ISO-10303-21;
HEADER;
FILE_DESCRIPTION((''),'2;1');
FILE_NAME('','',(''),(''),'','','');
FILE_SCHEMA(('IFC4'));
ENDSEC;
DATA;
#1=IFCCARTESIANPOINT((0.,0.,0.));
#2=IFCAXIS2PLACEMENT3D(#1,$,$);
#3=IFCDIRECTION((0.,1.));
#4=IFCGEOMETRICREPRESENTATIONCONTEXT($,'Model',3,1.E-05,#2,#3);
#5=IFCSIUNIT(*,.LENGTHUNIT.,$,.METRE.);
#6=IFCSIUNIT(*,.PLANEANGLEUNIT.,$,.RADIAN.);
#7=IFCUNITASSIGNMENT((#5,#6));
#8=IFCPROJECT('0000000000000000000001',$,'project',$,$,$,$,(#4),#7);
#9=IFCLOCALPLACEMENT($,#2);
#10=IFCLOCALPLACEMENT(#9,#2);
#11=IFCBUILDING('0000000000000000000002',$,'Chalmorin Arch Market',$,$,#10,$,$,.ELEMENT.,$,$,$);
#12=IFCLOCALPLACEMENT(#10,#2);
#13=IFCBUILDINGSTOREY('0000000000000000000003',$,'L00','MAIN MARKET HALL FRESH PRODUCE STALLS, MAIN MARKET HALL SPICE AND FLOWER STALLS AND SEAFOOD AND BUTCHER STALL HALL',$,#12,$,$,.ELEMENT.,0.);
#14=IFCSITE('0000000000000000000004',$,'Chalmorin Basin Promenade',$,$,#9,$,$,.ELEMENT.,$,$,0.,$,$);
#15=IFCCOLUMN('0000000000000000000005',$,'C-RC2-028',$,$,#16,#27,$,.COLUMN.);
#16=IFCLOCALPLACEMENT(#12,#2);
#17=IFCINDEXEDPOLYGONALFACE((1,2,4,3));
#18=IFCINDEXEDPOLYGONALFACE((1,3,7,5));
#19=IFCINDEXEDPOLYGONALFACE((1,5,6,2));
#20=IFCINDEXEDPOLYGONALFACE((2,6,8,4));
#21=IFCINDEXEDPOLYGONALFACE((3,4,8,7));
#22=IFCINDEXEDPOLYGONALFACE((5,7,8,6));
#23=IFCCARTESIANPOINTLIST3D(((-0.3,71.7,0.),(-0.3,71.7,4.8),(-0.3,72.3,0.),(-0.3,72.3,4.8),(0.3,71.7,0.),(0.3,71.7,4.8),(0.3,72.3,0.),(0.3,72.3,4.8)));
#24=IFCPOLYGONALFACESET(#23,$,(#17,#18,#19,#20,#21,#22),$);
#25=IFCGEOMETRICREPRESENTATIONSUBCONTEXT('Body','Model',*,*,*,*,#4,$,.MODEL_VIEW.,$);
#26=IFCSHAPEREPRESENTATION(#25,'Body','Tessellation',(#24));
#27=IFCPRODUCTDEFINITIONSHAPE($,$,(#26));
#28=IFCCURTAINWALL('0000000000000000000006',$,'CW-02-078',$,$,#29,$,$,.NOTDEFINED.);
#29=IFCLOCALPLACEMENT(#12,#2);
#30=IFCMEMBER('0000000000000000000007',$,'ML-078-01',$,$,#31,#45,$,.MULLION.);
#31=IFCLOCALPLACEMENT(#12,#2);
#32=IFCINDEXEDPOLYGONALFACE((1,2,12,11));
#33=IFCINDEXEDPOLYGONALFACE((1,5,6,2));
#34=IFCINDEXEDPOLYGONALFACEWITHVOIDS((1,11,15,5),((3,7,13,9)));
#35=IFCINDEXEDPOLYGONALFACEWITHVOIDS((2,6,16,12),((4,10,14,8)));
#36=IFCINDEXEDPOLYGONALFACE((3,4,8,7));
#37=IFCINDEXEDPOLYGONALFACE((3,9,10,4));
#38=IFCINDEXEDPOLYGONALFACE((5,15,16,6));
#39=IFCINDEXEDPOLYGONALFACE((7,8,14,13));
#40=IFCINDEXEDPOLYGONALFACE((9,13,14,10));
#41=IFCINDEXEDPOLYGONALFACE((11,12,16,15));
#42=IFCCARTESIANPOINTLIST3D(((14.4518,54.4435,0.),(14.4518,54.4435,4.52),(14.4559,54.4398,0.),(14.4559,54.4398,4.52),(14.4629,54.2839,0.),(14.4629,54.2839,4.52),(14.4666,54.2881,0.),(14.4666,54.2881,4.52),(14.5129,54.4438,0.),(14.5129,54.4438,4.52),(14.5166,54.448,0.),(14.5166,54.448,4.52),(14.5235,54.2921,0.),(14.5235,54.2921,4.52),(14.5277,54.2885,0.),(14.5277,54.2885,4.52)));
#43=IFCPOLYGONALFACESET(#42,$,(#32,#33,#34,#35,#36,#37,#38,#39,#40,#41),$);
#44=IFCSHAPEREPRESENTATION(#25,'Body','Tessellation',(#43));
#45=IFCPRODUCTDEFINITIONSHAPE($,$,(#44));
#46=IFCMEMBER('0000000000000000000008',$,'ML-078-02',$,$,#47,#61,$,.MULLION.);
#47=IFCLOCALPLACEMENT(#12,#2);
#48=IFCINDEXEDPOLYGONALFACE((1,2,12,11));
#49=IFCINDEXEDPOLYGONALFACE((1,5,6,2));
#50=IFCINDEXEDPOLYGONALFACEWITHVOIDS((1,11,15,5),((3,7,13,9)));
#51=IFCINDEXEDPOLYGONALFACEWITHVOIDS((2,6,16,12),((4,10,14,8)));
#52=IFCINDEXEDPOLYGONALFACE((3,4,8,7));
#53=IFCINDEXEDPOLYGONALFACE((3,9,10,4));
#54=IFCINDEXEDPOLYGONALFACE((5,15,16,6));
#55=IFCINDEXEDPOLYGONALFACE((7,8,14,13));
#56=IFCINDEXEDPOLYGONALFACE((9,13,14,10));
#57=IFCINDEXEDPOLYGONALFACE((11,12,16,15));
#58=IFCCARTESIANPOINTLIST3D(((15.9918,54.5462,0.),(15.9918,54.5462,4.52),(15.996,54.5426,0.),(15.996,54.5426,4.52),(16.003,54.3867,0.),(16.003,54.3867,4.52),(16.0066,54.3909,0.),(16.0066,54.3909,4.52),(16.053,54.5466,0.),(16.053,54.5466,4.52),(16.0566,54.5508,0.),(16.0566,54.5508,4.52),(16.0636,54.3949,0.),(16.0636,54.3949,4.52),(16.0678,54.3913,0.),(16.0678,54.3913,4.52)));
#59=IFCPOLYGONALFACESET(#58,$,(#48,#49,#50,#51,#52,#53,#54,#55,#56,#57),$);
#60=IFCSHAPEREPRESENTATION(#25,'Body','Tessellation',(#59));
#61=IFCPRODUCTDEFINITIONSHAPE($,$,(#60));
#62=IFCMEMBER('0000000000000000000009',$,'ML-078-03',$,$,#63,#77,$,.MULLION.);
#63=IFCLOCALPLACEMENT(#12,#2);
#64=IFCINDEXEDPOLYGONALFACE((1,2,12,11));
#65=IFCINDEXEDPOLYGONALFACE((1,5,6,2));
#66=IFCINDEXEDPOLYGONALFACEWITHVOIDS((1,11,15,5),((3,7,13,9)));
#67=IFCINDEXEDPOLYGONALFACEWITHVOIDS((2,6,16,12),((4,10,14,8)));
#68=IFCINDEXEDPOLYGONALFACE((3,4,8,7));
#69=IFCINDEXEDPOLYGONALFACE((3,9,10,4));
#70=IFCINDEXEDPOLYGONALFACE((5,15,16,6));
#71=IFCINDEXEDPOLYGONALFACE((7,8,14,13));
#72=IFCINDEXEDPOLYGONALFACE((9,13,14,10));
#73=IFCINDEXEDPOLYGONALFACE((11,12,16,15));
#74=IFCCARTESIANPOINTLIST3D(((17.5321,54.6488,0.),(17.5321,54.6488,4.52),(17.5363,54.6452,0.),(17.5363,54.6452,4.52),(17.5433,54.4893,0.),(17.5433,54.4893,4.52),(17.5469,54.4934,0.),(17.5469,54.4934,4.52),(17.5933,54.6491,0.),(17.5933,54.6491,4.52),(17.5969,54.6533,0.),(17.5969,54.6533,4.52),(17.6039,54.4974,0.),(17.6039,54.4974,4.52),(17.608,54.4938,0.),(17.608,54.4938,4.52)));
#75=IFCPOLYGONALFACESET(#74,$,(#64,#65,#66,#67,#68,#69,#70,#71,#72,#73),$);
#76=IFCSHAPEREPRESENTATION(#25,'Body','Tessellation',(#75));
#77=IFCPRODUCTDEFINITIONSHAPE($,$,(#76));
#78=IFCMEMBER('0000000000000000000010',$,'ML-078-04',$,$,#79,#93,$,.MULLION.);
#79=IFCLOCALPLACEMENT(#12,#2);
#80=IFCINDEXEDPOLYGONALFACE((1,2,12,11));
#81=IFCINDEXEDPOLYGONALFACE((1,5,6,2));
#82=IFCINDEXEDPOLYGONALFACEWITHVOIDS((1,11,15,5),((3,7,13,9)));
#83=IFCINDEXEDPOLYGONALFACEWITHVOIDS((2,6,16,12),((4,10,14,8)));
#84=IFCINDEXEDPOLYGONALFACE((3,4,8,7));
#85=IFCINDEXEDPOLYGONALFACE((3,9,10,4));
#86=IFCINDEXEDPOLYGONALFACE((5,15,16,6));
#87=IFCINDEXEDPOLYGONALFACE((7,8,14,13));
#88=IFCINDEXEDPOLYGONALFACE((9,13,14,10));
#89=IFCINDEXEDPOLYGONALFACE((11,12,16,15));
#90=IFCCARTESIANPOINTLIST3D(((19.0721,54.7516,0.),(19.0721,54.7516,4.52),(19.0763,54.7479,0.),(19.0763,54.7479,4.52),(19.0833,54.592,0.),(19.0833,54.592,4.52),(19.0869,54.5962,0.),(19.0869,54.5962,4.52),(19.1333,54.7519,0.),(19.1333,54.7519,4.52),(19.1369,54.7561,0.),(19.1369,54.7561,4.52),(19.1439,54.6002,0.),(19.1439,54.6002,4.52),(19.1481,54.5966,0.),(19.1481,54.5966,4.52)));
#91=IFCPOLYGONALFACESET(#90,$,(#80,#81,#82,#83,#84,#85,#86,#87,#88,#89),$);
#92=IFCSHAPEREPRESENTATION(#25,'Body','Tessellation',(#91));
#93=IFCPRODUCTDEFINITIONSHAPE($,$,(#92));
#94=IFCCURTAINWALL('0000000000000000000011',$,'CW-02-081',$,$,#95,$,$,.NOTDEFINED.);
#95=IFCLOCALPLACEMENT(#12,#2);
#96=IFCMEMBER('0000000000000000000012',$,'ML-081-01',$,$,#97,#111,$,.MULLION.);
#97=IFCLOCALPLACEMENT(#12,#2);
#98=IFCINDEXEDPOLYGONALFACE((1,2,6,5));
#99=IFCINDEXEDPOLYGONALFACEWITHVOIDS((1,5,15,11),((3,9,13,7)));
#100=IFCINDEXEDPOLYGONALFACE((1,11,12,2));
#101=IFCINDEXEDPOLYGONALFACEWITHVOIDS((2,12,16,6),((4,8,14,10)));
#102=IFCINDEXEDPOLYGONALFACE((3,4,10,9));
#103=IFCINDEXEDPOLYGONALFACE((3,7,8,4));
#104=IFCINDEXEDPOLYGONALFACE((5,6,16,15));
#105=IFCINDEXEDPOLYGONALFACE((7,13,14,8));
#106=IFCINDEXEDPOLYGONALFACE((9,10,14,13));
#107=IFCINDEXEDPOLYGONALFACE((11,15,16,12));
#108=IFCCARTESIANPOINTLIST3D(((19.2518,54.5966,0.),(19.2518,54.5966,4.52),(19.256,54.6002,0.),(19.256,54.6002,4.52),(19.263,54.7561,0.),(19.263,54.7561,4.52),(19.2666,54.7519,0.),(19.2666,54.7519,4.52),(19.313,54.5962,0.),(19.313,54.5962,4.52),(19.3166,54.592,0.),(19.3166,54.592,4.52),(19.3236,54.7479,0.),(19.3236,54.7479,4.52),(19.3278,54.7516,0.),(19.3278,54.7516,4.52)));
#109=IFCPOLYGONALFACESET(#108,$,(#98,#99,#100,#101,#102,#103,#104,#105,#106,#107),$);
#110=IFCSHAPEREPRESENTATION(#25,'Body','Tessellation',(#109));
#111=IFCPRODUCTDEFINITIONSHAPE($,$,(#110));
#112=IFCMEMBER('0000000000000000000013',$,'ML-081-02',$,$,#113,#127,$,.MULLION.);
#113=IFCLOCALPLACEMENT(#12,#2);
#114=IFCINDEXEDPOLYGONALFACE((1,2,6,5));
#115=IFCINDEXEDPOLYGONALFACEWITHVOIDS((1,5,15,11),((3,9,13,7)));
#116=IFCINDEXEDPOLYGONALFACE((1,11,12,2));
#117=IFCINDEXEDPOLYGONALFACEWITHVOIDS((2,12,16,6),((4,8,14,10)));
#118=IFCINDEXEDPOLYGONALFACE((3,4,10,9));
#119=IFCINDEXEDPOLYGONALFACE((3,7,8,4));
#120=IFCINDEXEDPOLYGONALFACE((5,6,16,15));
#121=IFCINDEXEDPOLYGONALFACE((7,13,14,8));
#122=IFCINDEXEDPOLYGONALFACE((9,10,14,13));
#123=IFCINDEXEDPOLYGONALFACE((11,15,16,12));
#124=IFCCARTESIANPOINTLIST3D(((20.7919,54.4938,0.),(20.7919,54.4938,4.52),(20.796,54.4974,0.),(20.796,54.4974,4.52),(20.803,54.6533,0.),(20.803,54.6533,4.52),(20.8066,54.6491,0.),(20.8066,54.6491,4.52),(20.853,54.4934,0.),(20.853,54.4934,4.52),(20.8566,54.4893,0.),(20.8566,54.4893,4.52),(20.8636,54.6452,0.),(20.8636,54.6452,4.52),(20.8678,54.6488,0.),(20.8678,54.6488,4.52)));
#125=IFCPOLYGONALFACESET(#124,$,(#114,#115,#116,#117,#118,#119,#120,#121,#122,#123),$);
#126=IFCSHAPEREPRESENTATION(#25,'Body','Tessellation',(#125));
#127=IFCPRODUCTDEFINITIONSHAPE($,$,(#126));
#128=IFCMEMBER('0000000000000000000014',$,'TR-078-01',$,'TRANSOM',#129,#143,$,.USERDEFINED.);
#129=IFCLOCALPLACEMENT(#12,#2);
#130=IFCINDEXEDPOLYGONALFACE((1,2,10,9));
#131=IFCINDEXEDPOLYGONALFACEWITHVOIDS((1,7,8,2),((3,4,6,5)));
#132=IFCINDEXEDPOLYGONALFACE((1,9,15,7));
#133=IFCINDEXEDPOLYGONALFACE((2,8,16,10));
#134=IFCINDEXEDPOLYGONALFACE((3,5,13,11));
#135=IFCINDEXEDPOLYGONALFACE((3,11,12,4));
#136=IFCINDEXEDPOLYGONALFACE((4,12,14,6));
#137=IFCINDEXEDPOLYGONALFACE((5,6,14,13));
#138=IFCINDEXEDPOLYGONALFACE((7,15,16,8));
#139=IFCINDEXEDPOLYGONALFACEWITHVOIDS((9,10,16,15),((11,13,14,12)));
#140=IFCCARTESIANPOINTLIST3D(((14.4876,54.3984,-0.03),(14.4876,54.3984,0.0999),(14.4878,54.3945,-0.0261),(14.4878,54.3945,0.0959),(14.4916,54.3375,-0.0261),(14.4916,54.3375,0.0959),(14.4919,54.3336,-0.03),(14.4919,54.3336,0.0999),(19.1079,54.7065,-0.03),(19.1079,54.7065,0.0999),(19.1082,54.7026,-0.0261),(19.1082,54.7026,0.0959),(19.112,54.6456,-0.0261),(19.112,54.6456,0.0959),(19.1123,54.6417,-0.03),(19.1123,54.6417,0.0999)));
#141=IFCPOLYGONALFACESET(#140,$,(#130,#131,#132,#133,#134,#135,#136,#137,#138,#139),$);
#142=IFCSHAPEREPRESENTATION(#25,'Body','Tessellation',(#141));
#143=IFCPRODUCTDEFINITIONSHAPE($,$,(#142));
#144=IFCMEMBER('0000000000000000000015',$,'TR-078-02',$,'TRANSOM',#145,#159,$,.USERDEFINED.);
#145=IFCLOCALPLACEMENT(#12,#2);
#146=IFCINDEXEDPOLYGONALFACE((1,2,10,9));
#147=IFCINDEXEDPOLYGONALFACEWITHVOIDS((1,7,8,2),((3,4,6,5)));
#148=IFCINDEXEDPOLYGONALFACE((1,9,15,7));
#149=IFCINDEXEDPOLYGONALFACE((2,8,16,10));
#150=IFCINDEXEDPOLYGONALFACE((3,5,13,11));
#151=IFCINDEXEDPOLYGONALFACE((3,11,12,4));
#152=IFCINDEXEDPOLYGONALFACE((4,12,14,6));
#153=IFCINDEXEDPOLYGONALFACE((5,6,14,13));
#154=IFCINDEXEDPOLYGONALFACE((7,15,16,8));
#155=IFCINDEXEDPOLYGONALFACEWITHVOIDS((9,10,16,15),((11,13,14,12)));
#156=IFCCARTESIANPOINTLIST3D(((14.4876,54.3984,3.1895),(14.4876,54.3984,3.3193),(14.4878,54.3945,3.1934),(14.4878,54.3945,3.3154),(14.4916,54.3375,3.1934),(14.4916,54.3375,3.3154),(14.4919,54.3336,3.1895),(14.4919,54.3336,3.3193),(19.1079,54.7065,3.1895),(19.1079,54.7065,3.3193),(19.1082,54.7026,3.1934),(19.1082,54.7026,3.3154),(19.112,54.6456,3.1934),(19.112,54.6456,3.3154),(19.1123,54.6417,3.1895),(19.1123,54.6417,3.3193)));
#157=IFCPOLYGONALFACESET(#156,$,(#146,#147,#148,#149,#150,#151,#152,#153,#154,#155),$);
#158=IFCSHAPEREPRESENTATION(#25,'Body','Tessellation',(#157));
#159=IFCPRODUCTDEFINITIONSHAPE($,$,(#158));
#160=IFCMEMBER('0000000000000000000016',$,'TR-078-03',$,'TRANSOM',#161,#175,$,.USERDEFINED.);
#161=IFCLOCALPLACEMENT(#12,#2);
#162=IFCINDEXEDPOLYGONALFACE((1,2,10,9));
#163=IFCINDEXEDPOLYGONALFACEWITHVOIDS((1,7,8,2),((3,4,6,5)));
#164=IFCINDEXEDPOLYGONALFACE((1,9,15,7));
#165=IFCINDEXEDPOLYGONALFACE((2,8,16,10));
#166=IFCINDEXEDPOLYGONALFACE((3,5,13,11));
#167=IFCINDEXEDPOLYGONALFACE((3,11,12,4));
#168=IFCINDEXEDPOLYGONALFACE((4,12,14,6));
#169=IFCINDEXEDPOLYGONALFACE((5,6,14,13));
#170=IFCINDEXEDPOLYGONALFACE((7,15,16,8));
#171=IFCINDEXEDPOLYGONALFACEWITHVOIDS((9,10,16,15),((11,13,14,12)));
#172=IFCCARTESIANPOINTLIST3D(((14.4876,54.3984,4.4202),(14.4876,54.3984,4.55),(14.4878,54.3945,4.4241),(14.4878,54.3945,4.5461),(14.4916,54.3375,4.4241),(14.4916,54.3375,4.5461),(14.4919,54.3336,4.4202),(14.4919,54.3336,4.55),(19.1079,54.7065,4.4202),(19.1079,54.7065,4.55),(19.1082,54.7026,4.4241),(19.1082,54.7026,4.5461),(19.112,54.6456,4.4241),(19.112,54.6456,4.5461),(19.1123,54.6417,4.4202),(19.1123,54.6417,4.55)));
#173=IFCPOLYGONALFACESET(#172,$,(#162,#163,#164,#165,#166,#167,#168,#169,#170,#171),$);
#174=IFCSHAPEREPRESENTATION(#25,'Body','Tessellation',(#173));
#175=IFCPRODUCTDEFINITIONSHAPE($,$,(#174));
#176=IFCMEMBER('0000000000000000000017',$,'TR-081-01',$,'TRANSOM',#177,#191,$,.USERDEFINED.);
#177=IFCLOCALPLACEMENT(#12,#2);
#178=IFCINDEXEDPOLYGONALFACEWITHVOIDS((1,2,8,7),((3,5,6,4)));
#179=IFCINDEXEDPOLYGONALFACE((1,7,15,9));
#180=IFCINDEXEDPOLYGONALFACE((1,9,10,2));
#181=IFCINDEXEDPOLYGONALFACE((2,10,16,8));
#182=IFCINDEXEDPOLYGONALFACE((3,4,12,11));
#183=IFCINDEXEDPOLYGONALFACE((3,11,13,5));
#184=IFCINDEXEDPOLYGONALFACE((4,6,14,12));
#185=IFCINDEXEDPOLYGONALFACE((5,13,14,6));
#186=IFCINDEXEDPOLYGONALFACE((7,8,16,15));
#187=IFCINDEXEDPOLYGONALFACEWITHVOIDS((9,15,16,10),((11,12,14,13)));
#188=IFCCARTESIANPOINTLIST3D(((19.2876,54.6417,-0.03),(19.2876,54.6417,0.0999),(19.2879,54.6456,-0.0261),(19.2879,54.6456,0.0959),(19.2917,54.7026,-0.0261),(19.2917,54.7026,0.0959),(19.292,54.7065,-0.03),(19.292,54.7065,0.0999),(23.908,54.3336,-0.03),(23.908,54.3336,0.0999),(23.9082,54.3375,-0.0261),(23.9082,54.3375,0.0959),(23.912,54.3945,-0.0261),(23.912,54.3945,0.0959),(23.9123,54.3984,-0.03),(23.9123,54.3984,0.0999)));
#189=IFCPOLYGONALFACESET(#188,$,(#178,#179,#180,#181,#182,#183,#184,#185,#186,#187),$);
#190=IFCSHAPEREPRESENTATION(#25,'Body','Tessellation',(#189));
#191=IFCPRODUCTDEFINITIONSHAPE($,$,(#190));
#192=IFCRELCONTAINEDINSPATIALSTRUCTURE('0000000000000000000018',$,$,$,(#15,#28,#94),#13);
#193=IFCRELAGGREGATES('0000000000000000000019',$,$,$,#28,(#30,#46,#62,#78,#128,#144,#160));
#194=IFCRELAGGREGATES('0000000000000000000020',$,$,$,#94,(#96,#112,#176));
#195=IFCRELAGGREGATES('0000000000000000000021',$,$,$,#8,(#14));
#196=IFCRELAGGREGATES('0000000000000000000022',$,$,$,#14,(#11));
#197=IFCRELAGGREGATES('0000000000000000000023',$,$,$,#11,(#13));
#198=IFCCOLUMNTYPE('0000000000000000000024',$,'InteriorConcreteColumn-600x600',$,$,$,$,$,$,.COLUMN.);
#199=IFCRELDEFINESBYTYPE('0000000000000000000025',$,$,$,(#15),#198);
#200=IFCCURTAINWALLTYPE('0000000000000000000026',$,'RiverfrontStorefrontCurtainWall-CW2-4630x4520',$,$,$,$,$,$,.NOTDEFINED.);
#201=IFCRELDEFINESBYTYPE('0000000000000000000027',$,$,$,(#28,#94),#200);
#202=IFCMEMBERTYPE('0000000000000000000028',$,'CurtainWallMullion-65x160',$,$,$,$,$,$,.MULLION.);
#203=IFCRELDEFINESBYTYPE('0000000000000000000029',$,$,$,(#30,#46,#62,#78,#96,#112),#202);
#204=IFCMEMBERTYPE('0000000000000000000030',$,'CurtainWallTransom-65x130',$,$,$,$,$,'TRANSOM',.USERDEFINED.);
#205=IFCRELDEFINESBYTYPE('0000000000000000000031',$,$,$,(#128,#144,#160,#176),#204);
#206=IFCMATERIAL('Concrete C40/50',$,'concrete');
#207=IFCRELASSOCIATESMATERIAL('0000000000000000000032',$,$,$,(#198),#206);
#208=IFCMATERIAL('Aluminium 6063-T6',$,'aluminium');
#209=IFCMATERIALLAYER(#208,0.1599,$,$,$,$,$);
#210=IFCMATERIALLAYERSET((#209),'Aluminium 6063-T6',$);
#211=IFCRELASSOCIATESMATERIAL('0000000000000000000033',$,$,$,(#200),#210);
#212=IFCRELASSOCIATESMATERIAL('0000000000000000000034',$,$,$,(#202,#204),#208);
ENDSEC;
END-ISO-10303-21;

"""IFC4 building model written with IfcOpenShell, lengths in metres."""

from ifc_helpers import new_model, si_unit, direction, frame, origin, origin_2d, place, context, subcontext, project, spatial, rectangle, hollow_rectangle, extrude, material, layer, layer_set, material_profile, profile_set, type_object, element, aggregate, save


model = new_model("IFC4")

# Units and contexts
model_context = context("Model", 3, precision=1e-05, world=origin(), true_north=direction((0.0, 1.0)))
body_context = subcontext(model_context, "Body", "Model", "MODEL_VIEW")
ifc_project = project(units=[si_unit("LENGTHUNIT", "METRE"), si_unit("PLANEANGLEUNIT", "RADIAN")], contexts=[model_context])

# Site, building, storey
site_placement = place(None, origin())
site = spatial("IfcSite", under=ifc_project, at=site_placement, Name="Chalmorin Basin Promenade", CompositionType="ELEMENT", RefElevation=0.0)
building_placement = place(site_placement, origin())
building = spatial("IfcBuilding", under=site, at=building_placement, Name="Chalmorin Arch Market", CompositionType="ELEMENT")
storey_placement = place(building_placement, origin())
storey = spatial("IfcBuildingStorey", under=building, at=storey_placement, Name="L00", Description="MAIN MARKET HALL FRESH PRODUCE STALLS, MAIN MARKET HALL SPICE AND FLOWER STALLS AND SEAFOOD AND BUTCHER STALL HALL", CompositionType="ELEMENT", Elevation=0.0)

# Column
ifc_material_1 = material(Name="Concrete C40/50", Category="concrete")
ifc_material_profile_1 = material_profile(ifc_material_1, rectangle(XDim=0.6001, YDim=0.6001, at=origin_2d()), Name="RC600X600")
ifc_profile_set_1 = profile_set([ifc_material_profile_1], Name="Concrete C40/50")
column_type = type_object("IfcColumnType", Name="InteriorConcreteColumn-600x600", PredefinedType="COLUMN", material=ifc_profile_set_1)
column_placement = place(storey_placement, frame((0.0, 72.0, 0.0), z_axis=(0.0, 0.0, 1.0), x_axis=(1.0, 0.0, 0.0)))
element("IfcColumn", 1, at=column_placement, inside=storey, type_object=column_type, Name="C-RC2-028", PredefinedType="COLUMN", context=body_context, shape_type="SweptSolid", body=[
    extrude(rectangle(XDim=0.6001, YDim=0.6001, at=origin_2d()), origin(), (0.0, 0.0, 1.0), 4.8),
])

# Curtain walls, members
ifc_material_2 = material(Name="Aluminium 6063-T6", Category="aluminium")
ifc_layer_1 = layer(ifc_material_2, 0.1599)
ifc_layer_set_1 = layer_set([ifc_layer_1], Name="Aluminium 6063-T6")
curtain_wall_type = type_object("IfcCurtainWallType", Name="RiverfrontStorefrontCurtainWall-CW2-4630x4520", PredefinedType="NOTDEFINED", material=ifc_layer_set_1)
curtain_wall_1_placement = place(storey_placement, origin())
curtain_wall_1 = element("IfcCurtainWall", 2, at=curtain_wall_1_placement, inside=storey, type_object=curtain_wall_type, Name="CW-02-078", PredefinedType="NOTDEFINED")
ifc_material_profile_2 = material_profile(ifc_material_2, hollow_rectangle(XDim=0.0649, YDim=0.1599, WallThickness=0.0039, at=origin_2d()), Name="ALU65X160X4")
ifc_profile_set_2 = profile_set([ifc_material_profile_2], Name="Aluminium 6063-T6")
member_type_1 = type_object("IfcMemberType", Name="CurtainWallMullion-65x160", PredefinedType="MULLION", material=ifc_profile_set_2)
member_1_placement = place(storey_placement, frame((14.4897, 54.366, 0.0), z_axis=(0.0, 0.0, 1.0), x_axis=(0.997564, 0.069756, 0.0)))
member_1 = element("IfcMember", 3, at=member_1_placement, type_object=member_type_1, Name="ML-078-01", PredefinedType="MULLION", context=body_context, shape_type="SweptSolid", body=[
    extrude(hollow_rectangle(XDim=0.0649, YDim=0.1599, WallThickness=0.0039, at=origin_2d()), origin(), (0.0, 0.0, 1.0), 4.52),
])
member_2_placement = place(storey_placement, frame((16.0298, 54.4688, 0.0), z_axis=(0.0, 0.0, 1.0), x_axis=(0.997564, 0.069756, 0.0)))
member_2 = element("IfcMember", 4, at=member_2_placement, type_object=member_type_1, Name="ML-078-02", PredefinedType="MULLION", context=body_context, shape_type="SweptSolid", body=[
    extrude(hollow_rectangle(XDim=0.0649, YDim=0.1599, WallThickness=0.0039, at=origin_2d()), origin(), (0.0, 0.0, 1.0), 4.52),
])
member_3_placement = place(storey_placement, frame((17.5701, 54.5713, 0.0), z_axis=(0.0, 0.0, 1.0), x_axis=(0.997564, 0.069756, 0.0)))
member_3 = element("IfcMember", 5, at=member_3_placement, type_object=member_type_1, Name="ML-078-03", PredefinedType="MULLION", context=body_context, shape_type="SweptSolid", body=[
    extrude(hollow_rectangle(XDim=0.0649, YDim=0.1599, WallThickness=0.0039, at=origin_2d()), origin(), (0.0, 0.0, 1.0), 4.52),
])
member_4_placement = place(storey_placement, frame((19.1101, 54.6741, 0.0), z_axis=(0.0, 0.0, 1.0), x_axis=(0.997564, 0.069756, 0.0)))
member_4 = element("IfcMember", 6, at=member_4_placement, type_object=member_type_1, Name="ML-078-04", PredefinedType="MULLION", context=body_context, shape_type="SweptSolid", body=[
    extrude(hollow_rectangle(XDim=0.0649, YDim=0.1599, WallThickness=0.0039, at=origin_2d()), origin(), (0.0, 0.0, 1.0), 4.52),
])
curtain_wall_2_placement = place(storey_placement, origin())
curtain_wall_2 = element("IfcCurtainWall", 7, at=curtain_wall_2_placement, inside=storey, type_object=curtain_wall_type, Name="CW-02-081", PredefinedType="NOTDEFINED")
member_5_placement = place(storey_placement, frame((19.2898, 54.6741, 0.0), z_axis=(0.0, 0.0, 1.0), x_axis=(0.997564, -0.069756, 0.0)))
member_5 = element("IfcMember", 8, at=member_5_placement, type_object=member_type_1, Name="ML-081-01", PredefinedType="MULLION", context=body_context, shape_type="SweptSolid", body=[
    extrude(hollow_rectangle(XDim=0.0649, YDim=0.1599, WallThickness=0.0039, at=origin_2d()), origin(), (0.0, 0.0, 1.0), 4.52),
])
member_6_placement = place(storey_placement, frame((20.8298, 54.5713, 0.0), z_axis=(0.0, 0.0, 1.0), x_axis=(0.997564, -0.069756, 0.0)))
member_6 = element("IfcMember", 9, at=member_6_placement, type_object=member_type_1, Name="ML-081-02", PredefinedType="MULLION", context=body_context, shape_type="SweptSolid", body=[
    extrude(hollow_rectangle(XDim=0.0649, YDim=0.1599, WallThickness=0.0039, at=origin_2d()), origin(), (0.0, 0.0, 1.0), 4.52),
])

# Members
ifc_material_profile_3 = material_profile(ifc_material_2, hollow_rectangle(XDim=0.0649, YDim=0.1299, WallThickness=0.0039, at=origin_2d()), Name="ALU65X130X4")
ifc_profile_set_3 = profile_set([ifc_material_profile_3], Name="Aluminium 6063-T6")
member_type_2 = type_object("IfcMemberType", Name="CurtainWallTransom-65x130", ElementType="TRANSOM", PredefinedType="USERDEFINED", material=ifc_profile_set_3)
member_7_placement = place(storey_placement, frame((14.4897, 54.366, 0.0349), z_axis=(0.997784, 0.066537, 0.0), x_axis=(-0.066537, 0.997784, 0.0)))
member_7 = element("IfcMember", 10, at=member_7_placement, type_object=member_type_2, Name="TR-078-01", ObjectType="TRANSOM", PredefinedType="USERDEFINED", context=body_context, shape_type="SweptSolid", body=[
    extrude(hollow_rectangle(XDim=0.0649, YDim=0.1299, WallThickness=0.0039, at=origin_2d()), origin(), (0.0, 0.0, 1.0), 4.6306),
])
member_8_placement = place(storey_placement, frame((14.4897, 54.366, 3.2544), z_axis=(0.997784, 0.066537, 0.0), x_axis=(-0.066537, 0.997784, 0.0)))
member_8 = element("IfcMember", 11, at=member_8_placement, type_object=member_type_2, Name="TR-078-02", ObjectType="TRANSOM", PredefinedType="USERDEFINED", context=body_context, shape_type="SweptSolid", body=[
    extrude(hollow_rectangle(XDim=0.0649, YDim=0.1299, WallThickness=0.0039, at=origin_2d()), origin(), (0.0, 0.0, 1.0), 4.6306),
])
member_9_placement = place(storey_placement, frame((14.4897, 54.366, 4.4851), z_axis=(0.997784, 0.066537, 0.0), x_axis=(-0.066537, 0.997784, 0.0)))
member_9 = element("IfcMember", 12, at=member_9_placement, type_object=member_type_2, Name="TR-078-03", ObjectType="TRANSOM", PredefinedType="USERDEFINED", context=body_context, shape_type="SweptSolid", body=[
    extrude(hollow_rectangle(XDim=0.0649, YDim=0.1299, WallThickness=0.0039, at=origin_2d()), origin(), (0.0, 0.0, 1.0), 4.6306),
])
member_10_placement = place(storey_placement, frame((19.2898, 54.6741, 0.0349), z_axis=(0.997784, -0.066537, 0.0), x_axis=(0.066537, 0.997784, 0.0)))
member_10 = element("IfcMember", 13, at=member_10_placement, type_object=member_type_2, Name="TR-081-01", ObjectType="TRANSOM", PredefinedType="USERDEFINED", context=body_context, shape_type="SweptSolid", body=[
    extrude(hollow_rectangle(XDim=0.0649, YDim=0.1299, WallThickness=0.0039, at=origin_2d()), origin(), (0.0, 0.0, 1.0), 4.6306),
])

aggregate(curtain_wall_1, [member_1, member_2, member_3, member_4, member_7, member_8, member_9])
aggregate(curtain_wall_2, [member_5, member_6, member_10])

save(model, "model.ifc")
